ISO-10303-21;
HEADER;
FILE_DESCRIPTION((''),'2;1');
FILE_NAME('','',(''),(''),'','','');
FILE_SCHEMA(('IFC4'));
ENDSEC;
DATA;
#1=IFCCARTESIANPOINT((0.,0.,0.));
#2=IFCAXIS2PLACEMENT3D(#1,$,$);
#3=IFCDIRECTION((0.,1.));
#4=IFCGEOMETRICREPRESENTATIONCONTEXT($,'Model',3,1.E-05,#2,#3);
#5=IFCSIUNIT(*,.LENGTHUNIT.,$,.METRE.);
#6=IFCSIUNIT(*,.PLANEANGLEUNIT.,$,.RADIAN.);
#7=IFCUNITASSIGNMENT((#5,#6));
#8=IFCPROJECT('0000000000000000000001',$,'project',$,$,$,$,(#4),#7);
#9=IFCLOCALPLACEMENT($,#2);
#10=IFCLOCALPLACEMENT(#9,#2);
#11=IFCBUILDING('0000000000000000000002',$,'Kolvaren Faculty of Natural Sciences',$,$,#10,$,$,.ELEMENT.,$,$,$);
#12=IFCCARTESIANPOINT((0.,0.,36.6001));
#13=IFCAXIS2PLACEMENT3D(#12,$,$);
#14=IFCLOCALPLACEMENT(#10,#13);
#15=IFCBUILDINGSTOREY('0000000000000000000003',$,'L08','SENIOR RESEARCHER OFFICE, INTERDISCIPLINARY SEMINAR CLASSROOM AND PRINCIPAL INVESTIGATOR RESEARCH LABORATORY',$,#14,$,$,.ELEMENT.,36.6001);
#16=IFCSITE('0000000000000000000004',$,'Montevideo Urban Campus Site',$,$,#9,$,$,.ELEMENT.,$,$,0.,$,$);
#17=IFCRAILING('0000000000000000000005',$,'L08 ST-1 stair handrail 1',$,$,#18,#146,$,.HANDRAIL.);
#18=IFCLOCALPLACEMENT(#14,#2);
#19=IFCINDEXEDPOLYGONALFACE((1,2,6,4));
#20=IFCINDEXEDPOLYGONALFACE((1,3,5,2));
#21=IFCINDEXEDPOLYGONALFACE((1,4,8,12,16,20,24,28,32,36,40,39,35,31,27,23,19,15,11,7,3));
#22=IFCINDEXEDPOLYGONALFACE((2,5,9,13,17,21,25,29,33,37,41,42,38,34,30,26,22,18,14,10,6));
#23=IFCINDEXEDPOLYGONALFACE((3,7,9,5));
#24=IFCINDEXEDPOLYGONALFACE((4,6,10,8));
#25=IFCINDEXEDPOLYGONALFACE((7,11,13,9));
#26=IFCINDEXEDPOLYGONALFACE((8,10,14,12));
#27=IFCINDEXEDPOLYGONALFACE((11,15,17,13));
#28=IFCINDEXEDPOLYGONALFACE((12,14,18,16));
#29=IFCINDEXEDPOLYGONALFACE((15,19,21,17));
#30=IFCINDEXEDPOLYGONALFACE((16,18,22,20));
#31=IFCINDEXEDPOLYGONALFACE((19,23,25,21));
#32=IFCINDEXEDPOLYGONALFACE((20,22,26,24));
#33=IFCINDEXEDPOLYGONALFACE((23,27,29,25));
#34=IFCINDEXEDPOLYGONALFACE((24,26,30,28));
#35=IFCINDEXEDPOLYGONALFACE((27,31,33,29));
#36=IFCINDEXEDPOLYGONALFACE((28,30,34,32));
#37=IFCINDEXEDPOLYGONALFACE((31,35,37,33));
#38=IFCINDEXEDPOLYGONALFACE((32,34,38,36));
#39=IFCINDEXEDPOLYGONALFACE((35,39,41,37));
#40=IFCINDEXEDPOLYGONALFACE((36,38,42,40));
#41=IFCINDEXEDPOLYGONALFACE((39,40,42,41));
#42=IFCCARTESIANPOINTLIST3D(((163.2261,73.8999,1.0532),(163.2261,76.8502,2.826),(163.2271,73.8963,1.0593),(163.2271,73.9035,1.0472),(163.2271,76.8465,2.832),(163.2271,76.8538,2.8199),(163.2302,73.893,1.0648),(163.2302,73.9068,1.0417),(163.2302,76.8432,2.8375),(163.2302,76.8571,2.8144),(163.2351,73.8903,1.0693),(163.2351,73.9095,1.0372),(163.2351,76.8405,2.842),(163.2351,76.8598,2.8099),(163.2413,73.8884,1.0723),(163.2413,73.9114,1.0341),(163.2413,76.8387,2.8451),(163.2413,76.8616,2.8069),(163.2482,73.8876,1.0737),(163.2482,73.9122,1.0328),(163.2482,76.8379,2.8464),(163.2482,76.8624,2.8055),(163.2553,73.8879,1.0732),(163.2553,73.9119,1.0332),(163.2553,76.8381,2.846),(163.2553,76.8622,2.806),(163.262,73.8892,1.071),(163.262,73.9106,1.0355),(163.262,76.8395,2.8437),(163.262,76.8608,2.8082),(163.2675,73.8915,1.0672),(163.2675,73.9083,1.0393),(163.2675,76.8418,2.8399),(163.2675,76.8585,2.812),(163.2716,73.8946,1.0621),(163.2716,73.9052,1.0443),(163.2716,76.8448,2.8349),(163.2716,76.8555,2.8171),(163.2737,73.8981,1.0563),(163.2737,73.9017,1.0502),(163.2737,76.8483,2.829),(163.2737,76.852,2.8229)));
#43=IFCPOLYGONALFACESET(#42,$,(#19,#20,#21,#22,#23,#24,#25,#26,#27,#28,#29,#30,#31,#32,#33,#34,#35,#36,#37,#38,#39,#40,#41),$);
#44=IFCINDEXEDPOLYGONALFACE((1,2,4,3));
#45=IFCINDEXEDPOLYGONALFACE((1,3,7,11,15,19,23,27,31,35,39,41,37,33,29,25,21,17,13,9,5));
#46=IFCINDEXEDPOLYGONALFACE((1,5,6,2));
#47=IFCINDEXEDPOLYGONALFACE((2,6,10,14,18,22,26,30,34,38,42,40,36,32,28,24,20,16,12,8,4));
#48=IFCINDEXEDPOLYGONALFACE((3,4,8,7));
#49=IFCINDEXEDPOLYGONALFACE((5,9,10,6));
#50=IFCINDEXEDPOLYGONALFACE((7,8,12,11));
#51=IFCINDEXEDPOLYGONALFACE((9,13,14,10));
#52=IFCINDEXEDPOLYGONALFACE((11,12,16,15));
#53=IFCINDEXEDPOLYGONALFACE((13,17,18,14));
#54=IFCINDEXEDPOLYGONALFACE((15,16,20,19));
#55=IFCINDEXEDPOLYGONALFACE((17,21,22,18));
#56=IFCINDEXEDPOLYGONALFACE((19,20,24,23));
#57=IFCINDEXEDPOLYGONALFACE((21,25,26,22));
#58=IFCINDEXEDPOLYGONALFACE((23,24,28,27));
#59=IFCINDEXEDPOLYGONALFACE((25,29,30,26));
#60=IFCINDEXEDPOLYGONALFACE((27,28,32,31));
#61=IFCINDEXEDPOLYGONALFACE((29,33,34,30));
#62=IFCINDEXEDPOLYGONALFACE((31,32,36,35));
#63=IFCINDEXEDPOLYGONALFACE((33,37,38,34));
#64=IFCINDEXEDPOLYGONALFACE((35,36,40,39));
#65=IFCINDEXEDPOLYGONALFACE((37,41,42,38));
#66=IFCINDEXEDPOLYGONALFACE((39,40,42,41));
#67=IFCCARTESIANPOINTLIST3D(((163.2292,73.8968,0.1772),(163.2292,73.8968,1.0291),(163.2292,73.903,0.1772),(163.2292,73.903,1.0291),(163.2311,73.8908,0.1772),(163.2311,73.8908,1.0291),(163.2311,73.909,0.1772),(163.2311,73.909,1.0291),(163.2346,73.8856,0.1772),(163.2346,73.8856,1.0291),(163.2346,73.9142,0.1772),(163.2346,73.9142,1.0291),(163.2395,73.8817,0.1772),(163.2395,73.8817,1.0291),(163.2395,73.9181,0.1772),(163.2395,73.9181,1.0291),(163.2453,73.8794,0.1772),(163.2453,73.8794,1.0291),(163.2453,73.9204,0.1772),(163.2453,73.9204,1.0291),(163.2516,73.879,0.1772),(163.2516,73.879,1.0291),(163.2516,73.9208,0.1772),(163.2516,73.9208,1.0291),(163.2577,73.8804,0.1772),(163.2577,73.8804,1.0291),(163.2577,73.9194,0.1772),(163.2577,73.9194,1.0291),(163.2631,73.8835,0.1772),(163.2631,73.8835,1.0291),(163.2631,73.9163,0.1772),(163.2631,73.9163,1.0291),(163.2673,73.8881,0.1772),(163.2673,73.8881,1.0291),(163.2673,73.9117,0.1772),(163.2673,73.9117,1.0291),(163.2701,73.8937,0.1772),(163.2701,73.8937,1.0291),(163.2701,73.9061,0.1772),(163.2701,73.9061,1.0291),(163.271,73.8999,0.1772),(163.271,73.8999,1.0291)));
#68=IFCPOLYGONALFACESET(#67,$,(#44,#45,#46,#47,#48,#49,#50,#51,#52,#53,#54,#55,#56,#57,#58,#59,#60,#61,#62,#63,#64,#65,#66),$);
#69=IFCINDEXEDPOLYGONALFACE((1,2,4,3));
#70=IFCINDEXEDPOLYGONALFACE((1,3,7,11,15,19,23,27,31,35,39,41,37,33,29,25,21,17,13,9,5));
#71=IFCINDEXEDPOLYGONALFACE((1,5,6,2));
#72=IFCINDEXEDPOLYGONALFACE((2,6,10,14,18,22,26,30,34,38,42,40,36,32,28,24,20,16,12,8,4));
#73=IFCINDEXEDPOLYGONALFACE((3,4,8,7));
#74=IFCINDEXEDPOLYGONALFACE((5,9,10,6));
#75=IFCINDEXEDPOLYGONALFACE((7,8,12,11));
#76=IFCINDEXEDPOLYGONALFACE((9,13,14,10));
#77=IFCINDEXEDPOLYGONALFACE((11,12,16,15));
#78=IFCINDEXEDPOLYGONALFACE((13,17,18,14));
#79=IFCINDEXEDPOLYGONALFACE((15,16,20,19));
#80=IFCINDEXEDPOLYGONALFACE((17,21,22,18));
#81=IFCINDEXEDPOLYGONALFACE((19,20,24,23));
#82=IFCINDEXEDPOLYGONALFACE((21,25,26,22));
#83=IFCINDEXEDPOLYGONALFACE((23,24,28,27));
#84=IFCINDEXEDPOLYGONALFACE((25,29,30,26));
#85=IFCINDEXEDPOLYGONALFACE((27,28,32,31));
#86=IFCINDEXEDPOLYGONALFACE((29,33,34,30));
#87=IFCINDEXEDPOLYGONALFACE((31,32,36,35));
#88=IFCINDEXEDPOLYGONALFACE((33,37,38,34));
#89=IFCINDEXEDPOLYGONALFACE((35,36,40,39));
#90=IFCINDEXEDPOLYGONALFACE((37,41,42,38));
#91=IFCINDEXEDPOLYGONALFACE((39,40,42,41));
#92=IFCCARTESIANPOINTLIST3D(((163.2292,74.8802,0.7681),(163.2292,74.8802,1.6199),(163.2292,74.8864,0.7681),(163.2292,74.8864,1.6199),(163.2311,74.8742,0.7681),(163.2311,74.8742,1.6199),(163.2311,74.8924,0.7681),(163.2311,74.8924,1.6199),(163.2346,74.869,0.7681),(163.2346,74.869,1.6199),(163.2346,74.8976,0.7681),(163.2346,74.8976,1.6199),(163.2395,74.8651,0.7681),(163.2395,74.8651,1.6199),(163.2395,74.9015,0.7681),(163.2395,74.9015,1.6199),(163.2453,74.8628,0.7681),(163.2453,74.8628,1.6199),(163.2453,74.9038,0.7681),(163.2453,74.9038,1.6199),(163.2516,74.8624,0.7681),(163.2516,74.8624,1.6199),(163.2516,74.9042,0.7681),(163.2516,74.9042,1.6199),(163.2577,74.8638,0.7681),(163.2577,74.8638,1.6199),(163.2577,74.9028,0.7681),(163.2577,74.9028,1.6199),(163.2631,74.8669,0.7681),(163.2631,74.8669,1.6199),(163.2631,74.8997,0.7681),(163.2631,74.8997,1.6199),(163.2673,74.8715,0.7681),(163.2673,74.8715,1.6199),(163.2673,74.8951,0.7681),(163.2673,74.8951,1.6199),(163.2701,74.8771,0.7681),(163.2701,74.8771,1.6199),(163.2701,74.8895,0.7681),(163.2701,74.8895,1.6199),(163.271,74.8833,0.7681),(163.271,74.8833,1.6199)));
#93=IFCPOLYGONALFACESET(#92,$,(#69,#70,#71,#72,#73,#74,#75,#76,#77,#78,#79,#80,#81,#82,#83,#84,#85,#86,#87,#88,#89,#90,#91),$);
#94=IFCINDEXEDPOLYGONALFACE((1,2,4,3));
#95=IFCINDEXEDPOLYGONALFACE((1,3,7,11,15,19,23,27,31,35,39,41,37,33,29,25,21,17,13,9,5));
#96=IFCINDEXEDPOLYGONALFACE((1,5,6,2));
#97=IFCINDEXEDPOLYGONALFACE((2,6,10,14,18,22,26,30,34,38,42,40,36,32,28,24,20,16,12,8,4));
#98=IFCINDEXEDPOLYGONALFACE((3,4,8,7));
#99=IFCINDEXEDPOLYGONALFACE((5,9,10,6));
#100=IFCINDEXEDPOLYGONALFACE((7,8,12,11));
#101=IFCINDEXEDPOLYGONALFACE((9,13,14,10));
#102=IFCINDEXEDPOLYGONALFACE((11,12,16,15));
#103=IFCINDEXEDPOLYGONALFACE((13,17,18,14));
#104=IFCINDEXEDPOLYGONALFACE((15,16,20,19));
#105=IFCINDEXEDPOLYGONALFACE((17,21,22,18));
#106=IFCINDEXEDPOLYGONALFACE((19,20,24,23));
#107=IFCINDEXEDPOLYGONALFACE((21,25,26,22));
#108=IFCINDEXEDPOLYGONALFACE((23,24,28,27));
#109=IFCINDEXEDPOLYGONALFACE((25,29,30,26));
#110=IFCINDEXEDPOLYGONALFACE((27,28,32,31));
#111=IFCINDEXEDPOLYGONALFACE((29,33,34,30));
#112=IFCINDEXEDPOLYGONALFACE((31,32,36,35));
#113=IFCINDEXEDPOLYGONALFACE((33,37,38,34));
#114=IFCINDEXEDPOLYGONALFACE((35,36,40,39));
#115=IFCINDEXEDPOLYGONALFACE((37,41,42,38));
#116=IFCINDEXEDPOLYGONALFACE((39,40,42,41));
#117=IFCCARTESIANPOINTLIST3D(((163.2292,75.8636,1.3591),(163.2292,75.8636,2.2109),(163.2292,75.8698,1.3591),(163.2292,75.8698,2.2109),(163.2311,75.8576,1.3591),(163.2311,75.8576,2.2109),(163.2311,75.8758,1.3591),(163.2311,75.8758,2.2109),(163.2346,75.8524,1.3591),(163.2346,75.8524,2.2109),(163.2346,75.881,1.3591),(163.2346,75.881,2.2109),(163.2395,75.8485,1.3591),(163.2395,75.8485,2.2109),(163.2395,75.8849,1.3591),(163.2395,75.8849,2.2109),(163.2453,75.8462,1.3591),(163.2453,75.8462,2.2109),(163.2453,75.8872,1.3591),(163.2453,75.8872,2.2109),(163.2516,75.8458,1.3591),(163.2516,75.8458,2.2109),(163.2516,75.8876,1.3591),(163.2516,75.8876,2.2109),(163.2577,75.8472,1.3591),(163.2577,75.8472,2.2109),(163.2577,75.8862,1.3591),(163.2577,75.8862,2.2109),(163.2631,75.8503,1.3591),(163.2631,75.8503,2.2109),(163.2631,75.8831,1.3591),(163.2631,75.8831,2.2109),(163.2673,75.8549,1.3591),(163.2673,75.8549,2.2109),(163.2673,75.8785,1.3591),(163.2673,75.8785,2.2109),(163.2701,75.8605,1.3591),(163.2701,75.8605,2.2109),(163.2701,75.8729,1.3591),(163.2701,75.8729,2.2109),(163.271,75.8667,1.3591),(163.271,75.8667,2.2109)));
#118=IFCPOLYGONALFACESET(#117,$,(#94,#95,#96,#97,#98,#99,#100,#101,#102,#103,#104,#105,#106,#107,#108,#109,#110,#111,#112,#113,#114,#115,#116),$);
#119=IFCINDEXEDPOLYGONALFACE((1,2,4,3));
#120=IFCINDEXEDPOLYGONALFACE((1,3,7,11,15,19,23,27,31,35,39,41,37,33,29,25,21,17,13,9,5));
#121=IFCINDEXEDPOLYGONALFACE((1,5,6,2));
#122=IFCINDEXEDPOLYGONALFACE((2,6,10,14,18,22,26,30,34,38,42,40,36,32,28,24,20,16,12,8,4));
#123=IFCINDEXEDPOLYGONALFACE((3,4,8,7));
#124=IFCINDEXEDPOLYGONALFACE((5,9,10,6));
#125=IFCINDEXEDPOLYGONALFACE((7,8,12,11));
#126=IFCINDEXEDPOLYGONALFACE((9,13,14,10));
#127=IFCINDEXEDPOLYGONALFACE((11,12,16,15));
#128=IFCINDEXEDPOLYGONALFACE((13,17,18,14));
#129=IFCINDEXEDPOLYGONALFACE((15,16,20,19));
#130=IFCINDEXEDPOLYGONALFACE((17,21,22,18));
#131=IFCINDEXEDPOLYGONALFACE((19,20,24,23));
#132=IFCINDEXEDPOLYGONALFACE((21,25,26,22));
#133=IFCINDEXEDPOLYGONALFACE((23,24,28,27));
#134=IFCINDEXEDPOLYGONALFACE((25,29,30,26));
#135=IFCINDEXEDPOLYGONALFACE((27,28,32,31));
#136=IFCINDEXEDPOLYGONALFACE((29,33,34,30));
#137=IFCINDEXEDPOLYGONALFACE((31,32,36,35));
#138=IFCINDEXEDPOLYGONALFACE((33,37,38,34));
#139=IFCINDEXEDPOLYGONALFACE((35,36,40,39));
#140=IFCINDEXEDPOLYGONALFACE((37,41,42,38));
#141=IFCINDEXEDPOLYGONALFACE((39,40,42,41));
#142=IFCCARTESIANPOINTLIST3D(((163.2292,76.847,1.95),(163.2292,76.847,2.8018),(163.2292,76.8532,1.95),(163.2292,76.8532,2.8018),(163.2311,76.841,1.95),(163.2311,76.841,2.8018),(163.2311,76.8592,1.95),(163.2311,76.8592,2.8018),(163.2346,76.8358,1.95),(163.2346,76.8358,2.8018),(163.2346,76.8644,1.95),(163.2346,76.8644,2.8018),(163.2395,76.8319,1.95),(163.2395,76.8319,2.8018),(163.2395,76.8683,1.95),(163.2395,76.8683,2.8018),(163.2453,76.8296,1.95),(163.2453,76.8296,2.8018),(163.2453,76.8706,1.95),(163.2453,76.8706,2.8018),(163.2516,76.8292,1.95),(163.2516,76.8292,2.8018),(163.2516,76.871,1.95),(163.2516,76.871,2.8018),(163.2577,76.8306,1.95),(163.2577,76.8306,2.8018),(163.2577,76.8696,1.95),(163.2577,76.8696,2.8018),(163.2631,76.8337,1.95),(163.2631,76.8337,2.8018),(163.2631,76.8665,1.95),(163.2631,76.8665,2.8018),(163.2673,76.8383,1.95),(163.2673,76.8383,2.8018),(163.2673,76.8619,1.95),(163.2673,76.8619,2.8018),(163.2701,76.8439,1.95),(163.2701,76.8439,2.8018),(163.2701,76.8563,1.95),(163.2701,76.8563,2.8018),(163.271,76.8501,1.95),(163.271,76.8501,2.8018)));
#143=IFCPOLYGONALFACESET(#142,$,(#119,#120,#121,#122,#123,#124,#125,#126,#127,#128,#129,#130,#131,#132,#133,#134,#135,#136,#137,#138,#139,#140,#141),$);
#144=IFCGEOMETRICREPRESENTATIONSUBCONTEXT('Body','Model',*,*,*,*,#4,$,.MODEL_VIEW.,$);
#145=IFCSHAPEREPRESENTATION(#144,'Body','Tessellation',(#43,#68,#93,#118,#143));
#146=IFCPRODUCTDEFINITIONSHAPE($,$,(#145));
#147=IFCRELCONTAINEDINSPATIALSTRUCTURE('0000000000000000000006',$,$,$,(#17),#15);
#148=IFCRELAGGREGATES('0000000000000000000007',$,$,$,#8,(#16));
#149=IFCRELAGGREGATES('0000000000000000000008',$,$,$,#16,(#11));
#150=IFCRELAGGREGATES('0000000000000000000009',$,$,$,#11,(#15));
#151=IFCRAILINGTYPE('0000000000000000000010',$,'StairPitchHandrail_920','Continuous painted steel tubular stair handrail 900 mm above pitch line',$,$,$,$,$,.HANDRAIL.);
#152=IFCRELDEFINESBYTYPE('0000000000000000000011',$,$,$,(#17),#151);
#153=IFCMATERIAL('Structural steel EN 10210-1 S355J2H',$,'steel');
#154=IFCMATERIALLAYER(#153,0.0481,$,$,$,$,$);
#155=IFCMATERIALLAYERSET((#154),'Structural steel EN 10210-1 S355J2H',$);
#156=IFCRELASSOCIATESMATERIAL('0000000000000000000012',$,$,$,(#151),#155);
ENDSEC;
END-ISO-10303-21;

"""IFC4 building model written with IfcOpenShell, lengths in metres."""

from ifc_helpers import new_model, si_unit, direction, frame, origin, origin_2d, place, context, subcontext, project, spatial, circle, extrude, material, layer, layer_set, type_object, element, save


model = new_model("IFC4")

# Units and contexts
model_context = context("Model", 3, precision=1e-05, world=origin(), true_north=direction((0.0, 1.0)))
body_context = subcontext(model_context, "Body", "Model", "MODEL_VIEW")
ifc_project = project(units=[si_unit("LENGTHUNIT", "METRE"), si_unit("PLANEANGLEUNIT", "RADIAN")], contexts=[model_context])

# Site, building, storey
site_placement = place(None, origin())
site = spatial("IfcSite", under=ifc_project, at=site_placement, Name="Montevideo Urban Campus Site", CompositionType="ELEMENT", RefElevation=0.0)
building_placement = place(site_placement, origin())
building = spatial("IfcBuilding", under=site, at=building_placement, Name="Kolvaren Faculty of Natural Sciences", CompositionType="ELEMENT")
storey_placement = place(building_placement, frame((0.0, 0.0, 36.6001)))
storey = spatial("IfcBuildingStorey", under=building, at=storey_placement, Name="L08", Description="SENIOR RESEARCHER OFFICE, INTERDISCIPLINARY SEMINAR CLASSROOM AND PRINCIPAL INVESTIGATOR RESEARCH LABORATORY", CompositionType="ELEMENT", Elevation=36.6001)

# Railing
ifc_material_1 = material(Name="Structural steel EN 10210-1 S355J2H", Category="steel")
ifc_layer_1 = layer(ifc_material_1, 0.0481)
ifc_layer_set_1 = layer_set([ifc_layer_1], Name="Structural steel EN 10210-1 S355J2H")
railing_type_1 = type_object("IfcRailingType", Name="StairPitchHandrail_920", Description="Continuous painted steel tubular stair handrail 900 mm above pitch line", PredefinedType="HANDRAIL", material=ifc_layer_set_1)
railing_1_placement = place(storey_placement, frame((163.25, 73.8999, 0.1772)))
element("IfcRailing", 1, at=railing_1_placement, inside=storey, type_object=railing_type_1, Name="L08 ST-1 stair handrail 1", PredefinedType="HANDRAIL", context=body_context, shape_type="SweptSolid", body=[
    extrude(circle(Radius=0.0239, at=origin_2d()), frame((0.0, 0.0, 0.876), z_axis=(0.0, 0.857161, 0.515049), x_axis=(-1.0, 0.0, 0.0)), (0.0, 0.0, 1.0), 3.4419),
    extrude(circle(Radius=0.021, at=origin_2d()), origin(), (0.0, 0.0, 1.0), 0.8518),
    extrude(circle(Radius=0.021, at=origin_2d()), frame((0.0, 0.9834, 0.5908)), (0.0, 0.0, 1.0), 0.8518),
    extrude(circle(Radius=0.021, at=origin_2d()), frame((0.0, 1.9668, 1.1819)), (0.0, 0.0, 1.0), 0.8518),
    extrude(circle(Radius=0.021, at=origin_2d()), frame((0.0, 2.9502, 1.7727)), (0.0, 0.0, 1.0), 0.8518),
])

save(model, "model.ifc")
